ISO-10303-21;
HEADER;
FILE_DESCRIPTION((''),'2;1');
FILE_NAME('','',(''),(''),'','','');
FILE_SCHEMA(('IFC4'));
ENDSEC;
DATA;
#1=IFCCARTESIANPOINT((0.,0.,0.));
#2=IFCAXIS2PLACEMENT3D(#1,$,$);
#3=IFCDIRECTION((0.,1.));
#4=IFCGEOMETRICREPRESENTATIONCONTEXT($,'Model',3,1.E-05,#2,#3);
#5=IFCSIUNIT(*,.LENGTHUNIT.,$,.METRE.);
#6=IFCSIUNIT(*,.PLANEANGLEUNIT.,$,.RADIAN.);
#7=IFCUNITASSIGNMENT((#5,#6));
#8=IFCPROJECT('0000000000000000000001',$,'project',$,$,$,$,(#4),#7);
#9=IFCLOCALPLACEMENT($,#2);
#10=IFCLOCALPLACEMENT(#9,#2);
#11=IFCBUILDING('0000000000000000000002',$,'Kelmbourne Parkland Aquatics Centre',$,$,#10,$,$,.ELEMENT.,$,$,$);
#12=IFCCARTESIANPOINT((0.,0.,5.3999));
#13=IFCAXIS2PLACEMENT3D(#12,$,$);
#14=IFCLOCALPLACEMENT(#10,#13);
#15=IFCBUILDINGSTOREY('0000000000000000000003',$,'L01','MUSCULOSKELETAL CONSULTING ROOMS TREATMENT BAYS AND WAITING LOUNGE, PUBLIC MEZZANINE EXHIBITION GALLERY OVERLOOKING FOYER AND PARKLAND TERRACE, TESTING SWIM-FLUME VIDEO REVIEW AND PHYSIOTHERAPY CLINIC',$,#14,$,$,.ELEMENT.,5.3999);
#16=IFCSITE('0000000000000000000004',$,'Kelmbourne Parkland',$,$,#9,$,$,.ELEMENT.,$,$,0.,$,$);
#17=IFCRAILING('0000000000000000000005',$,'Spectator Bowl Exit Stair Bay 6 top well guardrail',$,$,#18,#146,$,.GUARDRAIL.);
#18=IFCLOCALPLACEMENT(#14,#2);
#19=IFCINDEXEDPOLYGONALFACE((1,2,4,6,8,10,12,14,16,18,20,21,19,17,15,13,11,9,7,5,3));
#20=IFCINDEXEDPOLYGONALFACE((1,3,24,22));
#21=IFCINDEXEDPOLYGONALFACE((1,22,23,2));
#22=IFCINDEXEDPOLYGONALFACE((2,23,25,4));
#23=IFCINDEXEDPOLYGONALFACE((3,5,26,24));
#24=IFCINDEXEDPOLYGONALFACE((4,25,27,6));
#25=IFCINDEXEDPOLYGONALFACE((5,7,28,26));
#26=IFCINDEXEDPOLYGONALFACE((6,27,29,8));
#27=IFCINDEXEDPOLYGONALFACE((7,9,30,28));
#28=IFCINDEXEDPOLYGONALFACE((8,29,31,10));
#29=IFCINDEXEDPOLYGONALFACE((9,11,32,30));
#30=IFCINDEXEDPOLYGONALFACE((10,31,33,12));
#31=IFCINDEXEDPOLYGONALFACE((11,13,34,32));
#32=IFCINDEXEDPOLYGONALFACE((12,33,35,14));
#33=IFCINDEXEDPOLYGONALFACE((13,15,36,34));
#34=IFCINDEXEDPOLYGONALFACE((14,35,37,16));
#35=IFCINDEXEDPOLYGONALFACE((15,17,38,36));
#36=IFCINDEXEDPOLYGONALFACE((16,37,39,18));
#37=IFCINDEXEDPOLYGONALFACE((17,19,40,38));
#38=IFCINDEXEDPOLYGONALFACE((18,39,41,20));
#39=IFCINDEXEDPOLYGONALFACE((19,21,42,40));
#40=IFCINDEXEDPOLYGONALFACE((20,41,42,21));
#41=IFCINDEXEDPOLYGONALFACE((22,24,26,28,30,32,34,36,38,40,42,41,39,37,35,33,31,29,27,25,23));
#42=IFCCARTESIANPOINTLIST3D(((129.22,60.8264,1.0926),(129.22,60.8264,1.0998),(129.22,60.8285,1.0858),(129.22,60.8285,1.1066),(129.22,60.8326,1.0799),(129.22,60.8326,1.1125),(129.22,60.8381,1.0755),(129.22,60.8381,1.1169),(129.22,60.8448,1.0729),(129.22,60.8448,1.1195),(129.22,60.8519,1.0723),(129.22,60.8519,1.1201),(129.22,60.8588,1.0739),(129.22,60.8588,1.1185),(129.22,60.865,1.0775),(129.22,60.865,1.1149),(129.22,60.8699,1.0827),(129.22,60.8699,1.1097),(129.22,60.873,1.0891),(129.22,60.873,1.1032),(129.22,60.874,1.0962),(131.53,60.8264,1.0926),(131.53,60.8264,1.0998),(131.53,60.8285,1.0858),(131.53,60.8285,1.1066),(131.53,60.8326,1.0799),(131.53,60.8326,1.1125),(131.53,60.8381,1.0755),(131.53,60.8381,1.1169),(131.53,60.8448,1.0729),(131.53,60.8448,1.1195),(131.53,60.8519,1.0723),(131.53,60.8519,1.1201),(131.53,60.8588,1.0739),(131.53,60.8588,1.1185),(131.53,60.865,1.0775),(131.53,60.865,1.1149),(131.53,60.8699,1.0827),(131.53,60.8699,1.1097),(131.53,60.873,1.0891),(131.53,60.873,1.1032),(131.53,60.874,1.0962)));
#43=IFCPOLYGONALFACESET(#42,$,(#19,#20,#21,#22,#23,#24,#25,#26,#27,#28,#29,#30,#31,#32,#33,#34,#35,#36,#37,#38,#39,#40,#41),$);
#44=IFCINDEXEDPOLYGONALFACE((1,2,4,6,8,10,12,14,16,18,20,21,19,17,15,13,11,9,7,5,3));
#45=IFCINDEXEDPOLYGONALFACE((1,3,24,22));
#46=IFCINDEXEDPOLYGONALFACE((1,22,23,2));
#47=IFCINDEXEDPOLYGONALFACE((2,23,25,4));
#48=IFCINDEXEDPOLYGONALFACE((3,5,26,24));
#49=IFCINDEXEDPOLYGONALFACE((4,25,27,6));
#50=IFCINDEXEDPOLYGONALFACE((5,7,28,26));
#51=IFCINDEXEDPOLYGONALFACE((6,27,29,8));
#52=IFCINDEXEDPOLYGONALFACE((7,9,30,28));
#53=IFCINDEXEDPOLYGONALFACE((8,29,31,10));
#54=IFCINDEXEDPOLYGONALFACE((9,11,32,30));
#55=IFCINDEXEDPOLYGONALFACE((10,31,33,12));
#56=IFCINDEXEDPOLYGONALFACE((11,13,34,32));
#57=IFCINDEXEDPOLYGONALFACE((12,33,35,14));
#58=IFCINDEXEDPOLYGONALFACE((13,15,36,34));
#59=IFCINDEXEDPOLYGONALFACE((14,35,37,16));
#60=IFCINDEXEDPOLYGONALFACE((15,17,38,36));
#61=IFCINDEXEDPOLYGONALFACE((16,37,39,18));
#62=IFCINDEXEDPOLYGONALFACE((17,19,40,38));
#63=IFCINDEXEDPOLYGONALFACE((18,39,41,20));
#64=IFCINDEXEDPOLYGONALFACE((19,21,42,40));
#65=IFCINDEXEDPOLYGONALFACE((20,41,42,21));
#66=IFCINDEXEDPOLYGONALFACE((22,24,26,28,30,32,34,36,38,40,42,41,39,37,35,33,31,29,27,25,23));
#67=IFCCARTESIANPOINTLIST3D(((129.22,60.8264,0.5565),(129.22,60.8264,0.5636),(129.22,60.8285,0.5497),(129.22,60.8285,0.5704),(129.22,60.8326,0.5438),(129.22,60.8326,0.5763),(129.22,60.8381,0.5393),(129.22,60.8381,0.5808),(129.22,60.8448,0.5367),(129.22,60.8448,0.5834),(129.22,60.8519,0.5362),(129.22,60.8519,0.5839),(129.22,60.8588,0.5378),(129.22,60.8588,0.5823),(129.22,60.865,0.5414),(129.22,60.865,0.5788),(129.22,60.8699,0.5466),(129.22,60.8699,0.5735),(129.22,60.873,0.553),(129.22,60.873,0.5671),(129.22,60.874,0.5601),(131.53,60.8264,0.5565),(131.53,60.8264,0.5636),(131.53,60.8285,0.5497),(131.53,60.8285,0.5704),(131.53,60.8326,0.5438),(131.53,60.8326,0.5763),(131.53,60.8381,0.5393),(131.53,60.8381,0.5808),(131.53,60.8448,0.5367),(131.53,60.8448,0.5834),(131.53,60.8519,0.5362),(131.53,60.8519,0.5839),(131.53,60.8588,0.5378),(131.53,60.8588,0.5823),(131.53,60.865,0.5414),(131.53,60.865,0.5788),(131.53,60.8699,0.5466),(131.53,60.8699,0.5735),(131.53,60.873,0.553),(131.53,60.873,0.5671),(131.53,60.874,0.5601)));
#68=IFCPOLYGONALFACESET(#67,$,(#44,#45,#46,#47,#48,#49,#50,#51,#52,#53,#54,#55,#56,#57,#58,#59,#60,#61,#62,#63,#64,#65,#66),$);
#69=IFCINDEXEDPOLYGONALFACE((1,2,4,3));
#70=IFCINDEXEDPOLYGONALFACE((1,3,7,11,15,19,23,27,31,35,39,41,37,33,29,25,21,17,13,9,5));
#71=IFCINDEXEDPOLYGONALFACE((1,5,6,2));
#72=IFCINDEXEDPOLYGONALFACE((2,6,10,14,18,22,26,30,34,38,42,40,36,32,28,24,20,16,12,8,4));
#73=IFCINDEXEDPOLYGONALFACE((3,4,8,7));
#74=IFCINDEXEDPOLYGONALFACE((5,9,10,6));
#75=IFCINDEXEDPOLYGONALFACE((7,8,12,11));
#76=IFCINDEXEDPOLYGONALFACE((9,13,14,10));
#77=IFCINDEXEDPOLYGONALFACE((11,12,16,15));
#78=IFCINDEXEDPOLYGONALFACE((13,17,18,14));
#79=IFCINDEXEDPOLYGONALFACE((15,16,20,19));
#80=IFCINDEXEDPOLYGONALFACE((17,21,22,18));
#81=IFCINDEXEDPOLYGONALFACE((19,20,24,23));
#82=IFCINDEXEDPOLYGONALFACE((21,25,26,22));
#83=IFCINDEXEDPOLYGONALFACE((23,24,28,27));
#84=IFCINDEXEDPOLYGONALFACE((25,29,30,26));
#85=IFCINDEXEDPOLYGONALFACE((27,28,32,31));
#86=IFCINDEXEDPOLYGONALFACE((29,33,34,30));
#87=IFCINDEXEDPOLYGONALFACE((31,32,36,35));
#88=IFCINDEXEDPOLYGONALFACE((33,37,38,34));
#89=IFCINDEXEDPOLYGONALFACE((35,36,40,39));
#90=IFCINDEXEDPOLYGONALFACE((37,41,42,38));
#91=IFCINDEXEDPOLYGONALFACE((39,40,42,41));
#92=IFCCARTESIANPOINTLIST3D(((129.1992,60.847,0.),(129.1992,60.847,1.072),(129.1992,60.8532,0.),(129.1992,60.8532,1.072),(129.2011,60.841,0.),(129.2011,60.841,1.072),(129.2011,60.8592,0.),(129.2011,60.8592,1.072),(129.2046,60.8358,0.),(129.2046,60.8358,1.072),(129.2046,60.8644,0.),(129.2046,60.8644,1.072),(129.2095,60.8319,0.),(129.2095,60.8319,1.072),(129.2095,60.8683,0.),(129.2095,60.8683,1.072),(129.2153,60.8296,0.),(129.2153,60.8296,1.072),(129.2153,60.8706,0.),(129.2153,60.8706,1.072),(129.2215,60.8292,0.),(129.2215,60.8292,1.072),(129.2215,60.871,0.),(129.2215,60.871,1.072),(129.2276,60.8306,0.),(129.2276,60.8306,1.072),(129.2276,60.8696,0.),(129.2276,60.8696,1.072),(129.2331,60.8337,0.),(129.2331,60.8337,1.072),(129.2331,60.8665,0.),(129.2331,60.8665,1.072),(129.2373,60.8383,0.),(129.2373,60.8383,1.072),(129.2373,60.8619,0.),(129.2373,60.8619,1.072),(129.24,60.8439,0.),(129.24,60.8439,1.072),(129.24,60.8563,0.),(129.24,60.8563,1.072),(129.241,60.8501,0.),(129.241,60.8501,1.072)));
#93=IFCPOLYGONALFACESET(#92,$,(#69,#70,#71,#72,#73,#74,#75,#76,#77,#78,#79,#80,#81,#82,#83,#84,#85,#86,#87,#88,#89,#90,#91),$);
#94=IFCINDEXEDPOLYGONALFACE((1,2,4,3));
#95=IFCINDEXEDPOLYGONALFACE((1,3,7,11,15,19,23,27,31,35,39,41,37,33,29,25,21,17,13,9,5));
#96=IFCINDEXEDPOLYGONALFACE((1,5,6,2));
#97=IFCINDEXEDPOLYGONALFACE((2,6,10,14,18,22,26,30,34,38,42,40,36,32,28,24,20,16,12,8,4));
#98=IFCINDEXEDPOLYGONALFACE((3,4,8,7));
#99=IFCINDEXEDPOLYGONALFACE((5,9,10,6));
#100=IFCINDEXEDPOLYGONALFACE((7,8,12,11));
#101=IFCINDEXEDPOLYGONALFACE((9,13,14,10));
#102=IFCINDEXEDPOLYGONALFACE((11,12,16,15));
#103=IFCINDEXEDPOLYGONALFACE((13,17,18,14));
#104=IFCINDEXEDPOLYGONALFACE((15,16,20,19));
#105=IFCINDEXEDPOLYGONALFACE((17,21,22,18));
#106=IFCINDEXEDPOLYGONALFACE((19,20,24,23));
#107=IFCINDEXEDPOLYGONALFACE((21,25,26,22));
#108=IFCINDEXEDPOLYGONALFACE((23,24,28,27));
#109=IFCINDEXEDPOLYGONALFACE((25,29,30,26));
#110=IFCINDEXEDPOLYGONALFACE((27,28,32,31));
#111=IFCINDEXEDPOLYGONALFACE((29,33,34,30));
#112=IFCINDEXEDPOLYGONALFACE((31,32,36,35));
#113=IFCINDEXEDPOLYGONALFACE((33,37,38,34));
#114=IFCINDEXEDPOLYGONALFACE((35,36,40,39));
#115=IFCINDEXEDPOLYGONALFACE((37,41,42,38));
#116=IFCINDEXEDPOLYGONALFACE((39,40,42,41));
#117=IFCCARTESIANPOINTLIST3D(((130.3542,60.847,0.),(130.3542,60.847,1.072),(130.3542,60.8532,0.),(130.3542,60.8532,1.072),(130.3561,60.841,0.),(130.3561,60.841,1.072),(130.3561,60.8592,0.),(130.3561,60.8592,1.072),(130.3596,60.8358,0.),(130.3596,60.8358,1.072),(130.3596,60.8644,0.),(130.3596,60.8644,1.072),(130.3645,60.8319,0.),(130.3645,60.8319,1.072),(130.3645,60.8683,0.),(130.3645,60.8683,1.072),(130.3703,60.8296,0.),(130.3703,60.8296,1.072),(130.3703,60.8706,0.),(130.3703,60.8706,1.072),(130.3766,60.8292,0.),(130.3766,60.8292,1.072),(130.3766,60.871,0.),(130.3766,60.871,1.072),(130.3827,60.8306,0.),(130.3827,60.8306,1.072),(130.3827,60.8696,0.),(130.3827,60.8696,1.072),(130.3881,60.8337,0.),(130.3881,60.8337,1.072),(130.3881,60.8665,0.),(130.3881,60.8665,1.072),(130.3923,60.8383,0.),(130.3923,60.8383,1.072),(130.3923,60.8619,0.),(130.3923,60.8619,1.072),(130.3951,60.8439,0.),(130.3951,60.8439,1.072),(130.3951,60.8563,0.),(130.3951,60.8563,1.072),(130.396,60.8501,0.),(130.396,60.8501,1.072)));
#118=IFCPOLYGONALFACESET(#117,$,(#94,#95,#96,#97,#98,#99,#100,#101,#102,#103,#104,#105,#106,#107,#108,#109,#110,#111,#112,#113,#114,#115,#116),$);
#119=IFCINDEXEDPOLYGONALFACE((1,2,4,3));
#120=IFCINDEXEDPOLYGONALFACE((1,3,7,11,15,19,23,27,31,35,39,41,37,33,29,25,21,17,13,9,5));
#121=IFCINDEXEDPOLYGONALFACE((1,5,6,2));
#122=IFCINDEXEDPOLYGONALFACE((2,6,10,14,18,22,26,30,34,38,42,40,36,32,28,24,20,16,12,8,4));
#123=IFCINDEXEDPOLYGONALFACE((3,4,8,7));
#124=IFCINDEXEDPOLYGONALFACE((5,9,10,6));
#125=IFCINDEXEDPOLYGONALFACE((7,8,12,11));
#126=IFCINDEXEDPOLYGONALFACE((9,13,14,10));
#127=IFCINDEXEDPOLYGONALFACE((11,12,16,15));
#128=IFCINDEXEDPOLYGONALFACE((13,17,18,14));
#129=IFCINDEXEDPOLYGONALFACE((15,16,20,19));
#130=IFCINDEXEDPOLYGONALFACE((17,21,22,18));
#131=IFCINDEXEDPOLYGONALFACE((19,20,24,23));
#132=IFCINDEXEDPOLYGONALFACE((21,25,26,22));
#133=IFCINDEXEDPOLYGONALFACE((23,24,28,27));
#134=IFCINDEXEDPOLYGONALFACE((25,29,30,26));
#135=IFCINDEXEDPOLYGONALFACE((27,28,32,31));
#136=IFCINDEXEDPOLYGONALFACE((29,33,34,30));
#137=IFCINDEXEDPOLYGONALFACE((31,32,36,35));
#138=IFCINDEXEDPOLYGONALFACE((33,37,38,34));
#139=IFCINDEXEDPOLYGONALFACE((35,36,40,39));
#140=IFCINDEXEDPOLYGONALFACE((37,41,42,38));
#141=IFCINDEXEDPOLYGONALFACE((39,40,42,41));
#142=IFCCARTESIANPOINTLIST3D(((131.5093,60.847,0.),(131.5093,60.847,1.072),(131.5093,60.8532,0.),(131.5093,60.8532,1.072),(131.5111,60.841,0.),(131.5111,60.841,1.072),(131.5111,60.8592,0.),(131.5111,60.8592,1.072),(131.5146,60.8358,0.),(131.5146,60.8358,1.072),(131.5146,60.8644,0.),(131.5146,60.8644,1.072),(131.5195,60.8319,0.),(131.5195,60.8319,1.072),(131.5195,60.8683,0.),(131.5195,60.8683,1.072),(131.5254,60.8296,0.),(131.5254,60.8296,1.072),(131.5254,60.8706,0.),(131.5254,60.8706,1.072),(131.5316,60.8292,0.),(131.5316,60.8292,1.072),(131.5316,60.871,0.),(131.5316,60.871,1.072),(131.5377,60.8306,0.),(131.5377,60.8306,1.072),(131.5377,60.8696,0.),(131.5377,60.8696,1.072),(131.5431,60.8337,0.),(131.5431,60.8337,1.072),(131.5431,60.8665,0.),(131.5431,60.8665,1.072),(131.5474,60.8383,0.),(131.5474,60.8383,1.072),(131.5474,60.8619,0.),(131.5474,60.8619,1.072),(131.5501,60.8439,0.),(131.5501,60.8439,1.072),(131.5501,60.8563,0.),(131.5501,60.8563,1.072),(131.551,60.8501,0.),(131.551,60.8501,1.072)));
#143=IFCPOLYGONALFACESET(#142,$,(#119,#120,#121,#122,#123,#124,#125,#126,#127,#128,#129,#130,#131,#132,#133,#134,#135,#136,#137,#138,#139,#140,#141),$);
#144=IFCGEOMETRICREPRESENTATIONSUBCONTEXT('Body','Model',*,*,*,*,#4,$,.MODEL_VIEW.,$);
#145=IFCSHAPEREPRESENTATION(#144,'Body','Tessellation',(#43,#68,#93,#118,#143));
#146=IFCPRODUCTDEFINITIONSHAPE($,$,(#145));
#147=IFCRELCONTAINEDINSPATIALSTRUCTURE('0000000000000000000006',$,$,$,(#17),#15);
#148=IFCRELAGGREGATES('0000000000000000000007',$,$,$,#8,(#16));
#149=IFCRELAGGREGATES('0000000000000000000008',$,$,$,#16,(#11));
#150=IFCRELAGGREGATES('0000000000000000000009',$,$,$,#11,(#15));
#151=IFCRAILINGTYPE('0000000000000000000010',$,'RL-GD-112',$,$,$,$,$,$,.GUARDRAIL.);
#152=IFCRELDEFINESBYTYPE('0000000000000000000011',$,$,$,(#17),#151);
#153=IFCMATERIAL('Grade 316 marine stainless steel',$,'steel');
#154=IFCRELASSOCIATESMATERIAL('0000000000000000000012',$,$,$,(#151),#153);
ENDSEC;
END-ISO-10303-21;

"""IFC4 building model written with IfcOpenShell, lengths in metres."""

from ifc_helpers import new_model, si_unit, direction, frame, origin, origin_2d, place, context, subcontext, project, spatial, circle, extrude, material, type_object, element, save


model = new_model("IFC4")

# Units and contexts
model_context = context("Model", 3, precision=1e-05, world=origin(), true_north=direction((0.0, 1.0)))
body_context = subcontext(model_context, "Body", "Model", "MODEL_VIEW")
ifc_project = project(units=[si_unit("LENGTHUNIT", "METRE"), si_unit("PLANEANGLEUNIT", "RADIAN")], contexts=[model_context])

# Site, building, storey
site_placement = place(None, origin())
site = spatial("IfcSite", under=ifc_project, at=site_placement, Name="Kelmbourne Parkland", CompositionType="ELEMENT", RefElevation=0.0)
building_placement = place(site_placement, origin())
building = spatial("IfcBuilding", under=site, at=building_placement, Name="Kelmbourne Parkland Aquatics Centre", CompositionType="ELEMENT")
storey_placement = place(building_placement, frame((0.0, 0.0, 5.3999)))
storey = spatial("IfcBuildingStorey", under=building, at=storey_placement, Name="L01", Description="MUSCULOSKELETAL CONSULTING ROOMS TREATMENT BAYS AND WAITING LOUNGE, PUBLIC MEZZANINE EXHIBITION GALLERY OVERLOOKING FOYER AND PARKLAND TERRACE, TESTING SWIM-FLUME VIDEO REVIEW AND PHYSIOTHERAPY CLINIC", CompositionType="ELEMENT", Elevation=5.3999)

# Railing
ifc_material_1 = material(Name="Grade 316 marine stainless steel", Category="steel")
railing_type_1 = type_object("IfcRailingType", Name="RL-GD-112", PredefinedType="GUARDRAIL", material=ifc_material_1)
for number, where, name in (
    (1, (129.22, 60.8501, 0.0), "Spectator Bowl Exit Stair Bay 6 top well guardrail"),
):
    element("IfcRailing", number, at=place(storey_placement, frame(where)), inside=storey, type_object=railing_type_1, Name=name, PredefinedType="GUARDRAIL", context=body_context, shape_type="SweptSolid", body=[
        extrude(circle(Radius=0.0239, at=origin_2d()), frame((0.0, 0.0, 1.0962), z_axis=(1.0, 0.0, 0.0), x_axis=(0.0, 1.0, 0.0)), (0.0, 0.0, 1.0), 2.3101),
        extrude(circle(Radius=0.0239, at=origin_2d()), frame((0.0, 0.0, 0.5601), z_axis=(1.0, 0.0, 0.0), x_axis=(0.0, 1.0, 0.0)), (0.0, 0.0, 1.0), 2.3101),
        extrude(circle(Radius=0.021, at=origin_2d()), origin(), (0.0, 0.0, 1.0), 1.072),
        extrude(circle(Radius=0.021, at=origin_2d()), frame((1.155, 0.0, 0.0)), (0.0, 0.0, 1.0), 1.072),
        extrude(circle(Radius=0.021, at=origin_2d()), frame((2.3101, 0.0, 0.0)), (0.0, 0.0, 1.0), 1.072),
    ])

save(model, "model.ifc")
